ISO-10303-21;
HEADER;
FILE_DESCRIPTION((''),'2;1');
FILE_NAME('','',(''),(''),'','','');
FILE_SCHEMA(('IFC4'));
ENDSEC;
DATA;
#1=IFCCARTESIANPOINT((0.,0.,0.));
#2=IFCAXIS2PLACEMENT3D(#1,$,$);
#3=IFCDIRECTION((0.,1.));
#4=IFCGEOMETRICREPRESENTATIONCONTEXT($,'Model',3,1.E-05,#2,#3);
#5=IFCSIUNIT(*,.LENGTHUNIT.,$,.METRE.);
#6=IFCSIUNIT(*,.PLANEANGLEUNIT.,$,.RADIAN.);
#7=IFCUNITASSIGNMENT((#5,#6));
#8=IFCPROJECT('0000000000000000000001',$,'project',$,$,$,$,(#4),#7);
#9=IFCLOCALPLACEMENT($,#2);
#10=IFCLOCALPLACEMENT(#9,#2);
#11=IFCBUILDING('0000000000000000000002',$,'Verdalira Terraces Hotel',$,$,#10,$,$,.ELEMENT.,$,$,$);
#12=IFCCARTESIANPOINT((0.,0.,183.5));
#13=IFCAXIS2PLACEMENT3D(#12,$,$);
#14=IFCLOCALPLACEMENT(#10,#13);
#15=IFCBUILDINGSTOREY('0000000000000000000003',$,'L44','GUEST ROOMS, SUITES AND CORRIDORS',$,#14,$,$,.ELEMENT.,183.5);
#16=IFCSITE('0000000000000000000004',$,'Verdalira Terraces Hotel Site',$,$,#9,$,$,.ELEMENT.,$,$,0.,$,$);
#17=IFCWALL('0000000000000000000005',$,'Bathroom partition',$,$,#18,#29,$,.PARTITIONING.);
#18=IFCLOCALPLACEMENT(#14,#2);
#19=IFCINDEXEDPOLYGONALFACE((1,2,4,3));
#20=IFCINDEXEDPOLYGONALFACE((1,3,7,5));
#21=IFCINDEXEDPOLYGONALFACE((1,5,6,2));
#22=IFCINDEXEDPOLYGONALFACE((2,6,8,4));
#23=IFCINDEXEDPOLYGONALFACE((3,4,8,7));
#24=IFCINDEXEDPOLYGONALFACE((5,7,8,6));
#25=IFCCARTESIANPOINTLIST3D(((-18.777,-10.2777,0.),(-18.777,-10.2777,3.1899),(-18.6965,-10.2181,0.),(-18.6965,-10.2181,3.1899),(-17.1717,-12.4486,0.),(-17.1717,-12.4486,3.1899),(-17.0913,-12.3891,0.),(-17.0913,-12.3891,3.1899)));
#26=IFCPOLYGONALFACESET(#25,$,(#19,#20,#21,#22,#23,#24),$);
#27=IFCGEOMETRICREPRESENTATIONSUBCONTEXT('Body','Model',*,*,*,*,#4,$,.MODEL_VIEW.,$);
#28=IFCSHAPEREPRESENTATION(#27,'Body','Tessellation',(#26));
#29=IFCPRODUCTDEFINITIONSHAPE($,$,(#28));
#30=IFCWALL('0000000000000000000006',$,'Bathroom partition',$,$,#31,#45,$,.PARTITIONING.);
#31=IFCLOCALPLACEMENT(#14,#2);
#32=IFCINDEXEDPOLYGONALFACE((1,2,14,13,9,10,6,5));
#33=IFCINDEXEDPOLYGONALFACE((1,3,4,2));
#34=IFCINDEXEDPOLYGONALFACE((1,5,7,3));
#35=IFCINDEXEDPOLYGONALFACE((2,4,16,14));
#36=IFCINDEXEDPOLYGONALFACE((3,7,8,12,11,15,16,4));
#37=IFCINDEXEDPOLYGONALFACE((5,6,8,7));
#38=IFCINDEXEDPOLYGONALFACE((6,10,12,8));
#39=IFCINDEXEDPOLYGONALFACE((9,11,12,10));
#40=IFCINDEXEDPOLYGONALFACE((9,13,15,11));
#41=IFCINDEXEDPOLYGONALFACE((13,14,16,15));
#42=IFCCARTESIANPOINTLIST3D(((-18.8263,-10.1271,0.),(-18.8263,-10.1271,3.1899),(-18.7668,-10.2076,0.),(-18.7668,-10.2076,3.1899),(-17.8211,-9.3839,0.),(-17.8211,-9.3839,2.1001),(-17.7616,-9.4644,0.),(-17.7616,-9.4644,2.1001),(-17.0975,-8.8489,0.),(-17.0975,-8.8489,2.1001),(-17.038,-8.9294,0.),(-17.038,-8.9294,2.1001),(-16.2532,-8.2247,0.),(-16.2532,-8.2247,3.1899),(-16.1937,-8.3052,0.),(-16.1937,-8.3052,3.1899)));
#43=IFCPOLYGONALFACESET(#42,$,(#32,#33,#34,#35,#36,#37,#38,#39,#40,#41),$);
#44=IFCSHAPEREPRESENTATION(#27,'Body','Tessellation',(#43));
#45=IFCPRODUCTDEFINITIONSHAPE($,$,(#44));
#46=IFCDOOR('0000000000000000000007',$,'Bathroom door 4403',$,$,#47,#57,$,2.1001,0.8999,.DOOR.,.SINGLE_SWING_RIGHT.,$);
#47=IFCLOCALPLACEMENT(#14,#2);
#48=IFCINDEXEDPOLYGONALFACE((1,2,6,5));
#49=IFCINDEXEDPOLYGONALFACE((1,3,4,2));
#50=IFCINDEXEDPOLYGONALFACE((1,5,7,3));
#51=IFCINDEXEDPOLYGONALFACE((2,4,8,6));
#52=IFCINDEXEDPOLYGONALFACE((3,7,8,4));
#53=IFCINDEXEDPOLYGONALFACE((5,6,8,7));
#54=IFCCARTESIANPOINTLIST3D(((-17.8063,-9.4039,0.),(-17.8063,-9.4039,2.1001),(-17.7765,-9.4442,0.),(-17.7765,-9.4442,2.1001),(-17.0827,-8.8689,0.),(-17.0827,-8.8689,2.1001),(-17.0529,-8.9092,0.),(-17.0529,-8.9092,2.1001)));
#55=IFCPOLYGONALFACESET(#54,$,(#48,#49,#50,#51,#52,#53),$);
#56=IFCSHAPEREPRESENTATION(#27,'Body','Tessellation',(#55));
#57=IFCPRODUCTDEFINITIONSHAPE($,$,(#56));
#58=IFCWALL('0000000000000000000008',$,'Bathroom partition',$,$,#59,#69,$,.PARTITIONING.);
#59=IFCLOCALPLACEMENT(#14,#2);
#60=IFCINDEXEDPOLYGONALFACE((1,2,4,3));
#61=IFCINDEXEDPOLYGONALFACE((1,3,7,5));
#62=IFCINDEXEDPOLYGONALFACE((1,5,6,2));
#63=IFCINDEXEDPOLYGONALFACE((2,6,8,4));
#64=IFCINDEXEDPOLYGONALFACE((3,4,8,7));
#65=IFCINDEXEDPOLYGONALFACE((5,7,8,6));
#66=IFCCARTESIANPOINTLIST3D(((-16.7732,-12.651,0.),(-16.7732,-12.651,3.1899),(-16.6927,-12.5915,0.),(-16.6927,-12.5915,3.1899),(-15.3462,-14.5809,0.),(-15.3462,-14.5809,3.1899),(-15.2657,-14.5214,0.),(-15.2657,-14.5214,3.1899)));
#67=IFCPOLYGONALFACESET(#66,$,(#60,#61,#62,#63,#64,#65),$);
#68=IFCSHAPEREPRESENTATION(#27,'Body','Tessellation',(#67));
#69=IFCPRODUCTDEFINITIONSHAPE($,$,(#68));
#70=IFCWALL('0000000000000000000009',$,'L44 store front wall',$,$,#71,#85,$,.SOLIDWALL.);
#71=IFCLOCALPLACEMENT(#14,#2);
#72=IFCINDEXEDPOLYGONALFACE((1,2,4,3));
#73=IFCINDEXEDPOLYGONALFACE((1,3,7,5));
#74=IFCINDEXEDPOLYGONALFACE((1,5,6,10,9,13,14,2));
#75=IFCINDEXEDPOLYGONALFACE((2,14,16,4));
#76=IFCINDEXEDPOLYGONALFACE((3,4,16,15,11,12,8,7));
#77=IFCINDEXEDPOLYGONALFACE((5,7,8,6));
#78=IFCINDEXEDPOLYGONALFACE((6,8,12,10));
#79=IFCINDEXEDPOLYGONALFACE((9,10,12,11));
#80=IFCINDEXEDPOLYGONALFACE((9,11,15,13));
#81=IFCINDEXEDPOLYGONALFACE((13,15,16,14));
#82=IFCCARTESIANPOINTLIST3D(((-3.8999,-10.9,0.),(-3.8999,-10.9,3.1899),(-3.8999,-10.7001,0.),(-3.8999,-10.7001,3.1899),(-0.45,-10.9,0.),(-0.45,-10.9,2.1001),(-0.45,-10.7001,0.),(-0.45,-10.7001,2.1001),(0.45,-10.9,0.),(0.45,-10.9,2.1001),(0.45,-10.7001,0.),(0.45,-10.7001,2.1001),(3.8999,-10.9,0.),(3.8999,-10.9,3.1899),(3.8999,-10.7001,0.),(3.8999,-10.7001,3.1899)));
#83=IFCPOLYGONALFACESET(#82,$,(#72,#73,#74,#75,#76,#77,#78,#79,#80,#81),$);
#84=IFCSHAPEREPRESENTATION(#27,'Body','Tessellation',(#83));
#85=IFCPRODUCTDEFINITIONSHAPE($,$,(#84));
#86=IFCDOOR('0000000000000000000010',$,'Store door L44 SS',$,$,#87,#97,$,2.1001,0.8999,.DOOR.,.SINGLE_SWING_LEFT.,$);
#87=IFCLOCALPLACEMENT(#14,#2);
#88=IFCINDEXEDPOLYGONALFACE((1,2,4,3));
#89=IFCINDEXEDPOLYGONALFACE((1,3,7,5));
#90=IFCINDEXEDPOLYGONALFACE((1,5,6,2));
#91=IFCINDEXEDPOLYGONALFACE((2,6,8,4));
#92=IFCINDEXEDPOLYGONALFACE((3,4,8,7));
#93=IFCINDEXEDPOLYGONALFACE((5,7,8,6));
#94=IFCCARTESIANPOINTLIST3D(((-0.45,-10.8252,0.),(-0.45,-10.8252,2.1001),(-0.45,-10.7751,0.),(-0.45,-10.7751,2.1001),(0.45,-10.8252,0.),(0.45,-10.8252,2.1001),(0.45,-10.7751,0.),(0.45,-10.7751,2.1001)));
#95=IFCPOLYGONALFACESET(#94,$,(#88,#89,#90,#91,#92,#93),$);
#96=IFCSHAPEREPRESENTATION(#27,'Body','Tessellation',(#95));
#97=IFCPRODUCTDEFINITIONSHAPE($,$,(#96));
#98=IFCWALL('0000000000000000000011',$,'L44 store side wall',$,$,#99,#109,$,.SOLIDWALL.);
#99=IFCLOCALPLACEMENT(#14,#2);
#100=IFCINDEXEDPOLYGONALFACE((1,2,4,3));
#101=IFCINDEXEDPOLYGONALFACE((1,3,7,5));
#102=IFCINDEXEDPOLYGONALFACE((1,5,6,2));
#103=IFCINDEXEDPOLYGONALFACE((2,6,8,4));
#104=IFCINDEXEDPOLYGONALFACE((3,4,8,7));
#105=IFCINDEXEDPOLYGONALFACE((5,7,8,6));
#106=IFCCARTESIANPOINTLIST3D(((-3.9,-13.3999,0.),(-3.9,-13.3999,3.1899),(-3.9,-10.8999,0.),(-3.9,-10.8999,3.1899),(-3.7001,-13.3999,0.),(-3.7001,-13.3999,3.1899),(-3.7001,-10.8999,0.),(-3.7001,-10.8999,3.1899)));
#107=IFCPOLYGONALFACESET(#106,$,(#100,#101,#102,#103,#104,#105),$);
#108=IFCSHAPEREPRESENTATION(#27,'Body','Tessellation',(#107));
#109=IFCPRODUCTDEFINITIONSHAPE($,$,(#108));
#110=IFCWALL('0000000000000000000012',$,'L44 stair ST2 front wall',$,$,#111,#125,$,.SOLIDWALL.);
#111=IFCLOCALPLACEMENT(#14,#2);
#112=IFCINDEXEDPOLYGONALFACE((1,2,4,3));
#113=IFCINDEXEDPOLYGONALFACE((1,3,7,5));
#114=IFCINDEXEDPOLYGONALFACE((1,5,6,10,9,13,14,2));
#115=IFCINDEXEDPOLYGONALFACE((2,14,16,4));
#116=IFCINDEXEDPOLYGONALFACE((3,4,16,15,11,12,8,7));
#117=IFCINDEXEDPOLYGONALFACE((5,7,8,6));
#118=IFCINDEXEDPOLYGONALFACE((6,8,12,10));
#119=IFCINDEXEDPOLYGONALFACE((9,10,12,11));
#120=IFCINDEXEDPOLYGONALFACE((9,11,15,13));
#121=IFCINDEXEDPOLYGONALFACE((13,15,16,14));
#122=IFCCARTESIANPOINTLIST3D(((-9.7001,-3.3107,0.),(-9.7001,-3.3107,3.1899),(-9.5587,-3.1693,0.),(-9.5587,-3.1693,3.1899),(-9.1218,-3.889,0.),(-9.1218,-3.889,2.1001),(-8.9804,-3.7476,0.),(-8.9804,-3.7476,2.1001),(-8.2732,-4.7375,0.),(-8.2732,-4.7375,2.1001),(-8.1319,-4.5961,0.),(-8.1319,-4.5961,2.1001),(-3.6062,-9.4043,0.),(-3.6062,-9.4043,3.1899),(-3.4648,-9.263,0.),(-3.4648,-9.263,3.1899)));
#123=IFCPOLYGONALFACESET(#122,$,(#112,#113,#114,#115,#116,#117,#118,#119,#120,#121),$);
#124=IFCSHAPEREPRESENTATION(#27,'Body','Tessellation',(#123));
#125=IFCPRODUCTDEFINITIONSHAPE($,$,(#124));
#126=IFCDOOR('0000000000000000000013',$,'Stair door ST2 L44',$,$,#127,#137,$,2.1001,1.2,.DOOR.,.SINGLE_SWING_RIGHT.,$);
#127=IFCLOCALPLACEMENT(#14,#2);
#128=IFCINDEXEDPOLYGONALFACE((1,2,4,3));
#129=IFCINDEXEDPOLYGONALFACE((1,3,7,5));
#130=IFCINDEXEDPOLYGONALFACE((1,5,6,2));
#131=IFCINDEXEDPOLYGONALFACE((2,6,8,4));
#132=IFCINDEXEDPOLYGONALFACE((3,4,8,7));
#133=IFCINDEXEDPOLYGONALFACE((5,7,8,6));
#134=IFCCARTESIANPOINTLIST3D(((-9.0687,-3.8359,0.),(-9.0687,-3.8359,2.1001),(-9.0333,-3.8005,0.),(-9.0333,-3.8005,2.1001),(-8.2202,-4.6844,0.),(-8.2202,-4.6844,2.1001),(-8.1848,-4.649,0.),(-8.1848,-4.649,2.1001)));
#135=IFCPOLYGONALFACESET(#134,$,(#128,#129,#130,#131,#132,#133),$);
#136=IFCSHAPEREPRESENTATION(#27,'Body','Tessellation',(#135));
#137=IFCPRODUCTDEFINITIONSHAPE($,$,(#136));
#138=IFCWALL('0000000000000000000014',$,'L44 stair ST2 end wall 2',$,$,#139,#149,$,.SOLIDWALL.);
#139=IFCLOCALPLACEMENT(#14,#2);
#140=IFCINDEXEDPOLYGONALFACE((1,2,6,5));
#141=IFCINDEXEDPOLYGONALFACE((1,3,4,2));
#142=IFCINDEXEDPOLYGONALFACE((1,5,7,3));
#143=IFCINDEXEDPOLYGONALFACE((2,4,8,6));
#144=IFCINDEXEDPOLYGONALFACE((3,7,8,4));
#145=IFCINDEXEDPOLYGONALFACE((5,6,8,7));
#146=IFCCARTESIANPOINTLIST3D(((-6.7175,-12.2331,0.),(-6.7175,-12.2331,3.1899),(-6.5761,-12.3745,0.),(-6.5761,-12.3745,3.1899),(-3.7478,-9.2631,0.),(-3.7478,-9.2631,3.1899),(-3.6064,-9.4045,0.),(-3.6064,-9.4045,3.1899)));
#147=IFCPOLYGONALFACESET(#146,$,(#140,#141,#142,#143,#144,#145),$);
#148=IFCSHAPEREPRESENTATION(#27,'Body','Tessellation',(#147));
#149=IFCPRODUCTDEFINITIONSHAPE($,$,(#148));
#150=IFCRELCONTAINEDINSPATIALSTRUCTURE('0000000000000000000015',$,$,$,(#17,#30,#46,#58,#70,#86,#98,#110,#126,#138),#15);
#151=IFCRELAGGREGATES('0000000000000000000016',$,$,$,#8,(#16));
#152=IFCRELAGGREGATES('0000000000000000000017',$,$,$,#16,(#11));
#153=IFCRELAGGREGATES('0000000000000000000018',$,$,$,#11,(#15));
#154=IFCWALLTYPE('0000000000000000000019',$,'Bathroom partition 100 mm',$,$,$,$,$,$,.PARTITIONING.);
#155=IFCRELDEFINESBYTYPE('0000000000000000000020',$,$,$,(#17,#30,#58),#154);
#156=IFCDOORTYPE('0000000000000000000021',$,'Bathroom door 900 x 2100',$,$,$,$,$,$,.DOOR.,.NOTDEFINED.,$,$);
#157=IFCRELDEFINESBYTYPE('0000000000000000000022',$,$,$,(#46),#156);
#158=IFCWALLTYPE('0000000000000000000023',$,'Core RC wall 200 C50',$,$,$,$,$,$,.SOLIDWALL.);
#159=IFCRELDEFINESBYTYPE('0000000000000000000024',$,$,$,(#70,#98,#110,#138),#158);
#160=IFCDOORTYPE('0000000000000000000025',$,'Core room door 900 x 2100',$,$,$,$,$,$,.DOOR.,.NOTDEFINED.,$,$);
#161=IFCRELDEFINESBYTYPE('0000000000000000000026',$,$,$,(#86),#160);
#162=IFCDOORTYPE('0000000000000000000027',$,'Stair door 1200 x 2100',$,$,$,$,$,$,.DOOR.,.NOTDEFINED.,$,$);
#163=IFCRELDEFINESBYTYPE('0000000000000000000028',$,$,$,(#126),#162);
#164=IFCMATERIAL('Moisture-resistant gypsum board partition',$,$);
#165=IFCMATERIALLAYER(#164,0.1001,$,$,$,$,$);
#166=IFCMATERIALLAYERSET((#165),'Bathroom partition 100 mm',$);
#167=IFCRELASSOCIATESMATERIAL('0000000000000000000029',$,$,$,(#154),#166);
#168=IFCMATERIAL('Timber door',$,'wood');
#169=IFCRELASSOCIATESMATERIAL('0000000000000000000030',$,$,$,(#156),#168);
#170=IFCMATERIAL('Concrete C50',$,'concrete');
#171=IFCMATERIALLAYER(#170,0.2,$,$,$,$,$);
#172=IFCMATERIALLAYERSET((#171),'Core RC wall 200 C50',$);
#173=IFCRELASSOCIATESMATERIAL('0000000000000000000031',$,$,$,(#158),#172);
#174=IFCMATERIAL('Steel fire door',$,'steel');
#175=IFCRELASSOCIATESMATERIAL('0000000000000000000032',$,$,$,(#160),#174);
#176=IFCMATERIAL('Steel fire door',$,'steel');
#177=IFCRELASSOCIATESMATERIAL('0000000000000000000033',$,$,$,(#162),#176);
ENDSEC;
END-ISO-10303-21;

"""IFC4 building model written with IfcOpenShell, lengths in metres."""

from ifc_helpers import new_model, si_unit, direction, frame, frame_2d, origin, place, context, subcontext, project, spatial, rectangle, extrude, material, layer, layer_set, type_object, element, fill, save


model = new_model("IFC4")

# Units and contexts
model_context = context("Model", 3, precision=1e-05, world=origin(), true_north=direction((0.0, 1.0)))
body_context = subcontext(model_context, "Body", "Model", "MODEL_VIEW")
ifc_project = project(units=[si_unit("LENGTHUNIT", "METRE"), si_unit("PLANEANGLEUNIT", "RADIAN")], contexts=[model_context])

# Site, building, storey
site_placement = place(None, origin())
site = spatial("IfcSite", under=ifc_project, at=site_placement, Name="Verdalira Terraces Hotel Site", CompositionType="ELEMENT", RefElevation=0.0)
building_placement = place(site_placement, origin())
building = spatial("IfcBuilding", under=site, at=building_placement, Name="Verdalira Terraces Hotel", CompositionType="ELEMENT")
storey_placement = place(building_placement, frame((0.0, 0.0, 183.5)))
storey = spatial("IfcBuildingStorey", under=building, at=storey_placement, Name="L44", Description="GUEST ROOMS, SUITES AND CORRIDORS", CompositionType="ELEMENT", Elevation=183.5)

# Wall
ifc_material_1 = material(Name="Moisture-resistant gypsum board partition")
ifc_layer_1 = layer(ifc_material_1, 0.1001)
ifc_layer_set_1 = layer_set([ifc_layer_1], Name="Bathroom partition 100 mm")
wall_type_1 = type_object("IfcWallType", Name="Bathroom partition 100 mm", PredefinedType="PARTITIONING", material=ifc_layer_set_1)
wall_1_placement = place(storey_placement, frame((-18.7368, -10.2478, 0.0), z_axis=(0.0, 0.0, 1.0), x_axis=(0.594546, -0.804061, 0.0)))
element("IfcWall", 1, at=wall_1_placement, inside=storey, type_object=wall_type_1, Name="Bathroom partition", PredefinedType="PARTITIONING", context=body_context, shape_type="SweptSolid", body=[
    extrude(rectangle(XDim=2.7, YDim=0.1001, at=frame_2d((1.3501, 0.0))), origin(), (0.0, 0.0, 1.0), 3.1899),
])

# Wall, opening, door
wall_2_placement = place(storey_placement, frame((-16.2234, -8.2649, 0.0), z_axis=(0.0, 0.0, 1.0), x_axis=(-0.804092, -0.594505, 0.0)))
wall_2 = element("IfcWall", 2, at=wall_2_placement, inside=storey, type_object=wall_type_1, Name="Bathroom partition", PredefinedType="PARTITIONING", context=body_context, shape_type="SweptSolid", body=[
    extrude(rectangle(XDim=3.2, YDim=0.1001, at=frame_2d((1.6001, 0.0))), origin(), (0.0, 0.0, 1.0), 3.1899),
])
opening_1_placement = place(wall_2_placement, frame((1.05, 0.0, 0.0)))
opening_1 = element("IfcOpeningElement", 3, at=opening_1_placement, cuts=wall_2, PredefinedType="OPENING", context=body_context, shape_type="SweptSolid", body=[
    extrude(rectangle(XDim=0.8999, YDim=2.1001, at=frame_2d((0.45, 1.05))), frame((0.0, 0.0601, 0.0), z_axis=(0.0, -1.0, 0.0), x_axis=(1.0, 0.0, 0.0)), (0.0, 0.0, 1.0), 0.1201),
])
ifc_material_2 = material(Name="Timber door", Category="wood")
door_type_1 = type_object("IfcDoorType", Name="Bathroom door 900 x 2100", OperationType="NOTDEFINED", PredefinedType="DOOR", material=ifc_material_2)
door_1_placement = place(opening_1_placement, origin())
door_1 = element("IfcDoor", 4, at=door_1_placement, inside=storey, type_object=door_type_1, Name="Bathroom door 4403", OperationType="SINGLE_SWING_RIGHT", OverallHeight=2.1001, OverallWidth=0.8999, PredefinedType="DOOR", context=body_context, shape_type="SweptSolid", body=[
    extrude(rectangle(XDim=0.8999, YDim=2.1001, at=frame_2d((0.45, 1.05))), frame((0.0, 0.0249, 0.0), z_axis=(0.0, -1.0, 0.0), x_axis=(1.0, 0.0, 0.0)), (0.0, 0.0, 1.0), 0.05),
])
fill(opening_1, door_1)

# Wall
wall_3_placement = place(storey_placement, frame((-15.3059, -14.5513, 0.0), z_axis=(0.0, 0.0, 1.0), x_axis=(-0.594534, 0.80407, 0.0)))
element("IfcWall", 5, at=wall_3_placement, inside=storey, type_object=wall_type_1, Name="Bathroom partition", PredefinedType="PARTITIONING", context=body_context, shape_type="SweptSolid", body=[
    extrude(rectangle(XDim=2.4001, YDim=0.1001, at=frame_2d((1.2002, 0.0))), origin(), (0.0, 0.0, 1.0), 3.1899),
])

# Wall, opening, door
ifc_material_3 = material(Name="Concrete C50", Category="concrete")
ifc_layer_2 = layer(ifc_material_3, 0.2)
ifc_layer_set_2 = layer_set([ifc_layer_2], Name="Core RC wall 200 C50")
wall_type_2 = type_object("IfcWallType", Name="Core RC wall 200 C50", PredefinedType="SOLIDWALL", material=ifc_layer_set_2)
wall_4_placement = place(storey_placement, frame((-3.8999, -10.8, 0.0), z_axis=(0.0, 0.0, 1.0), x_axis=(1.0, 0.0, 0.0)))
wall_4 = element("IfcWall", 6, at=wall_4_placement, inside=storey, type_object=wall_type_2, Name="L44 store front wall", PredefinedType="SOLIDWALL", context=body_context, shape_type="SweptSolid", body=[
    extrude(rectangle(XDim=7.7998, YDim=0.2, at=frame_2d((3.8999, 0.0))), origin(), (0.0, 0.0, 1.0), 3.1899),
])
opening_2_placement = place(wall_4_placement, frame((3.45, 0.0, 0.0)))
opening_2 = element("IfcOpeningElement", 7, at=opening_2_placement, cuts=wall_4, PredefinedType="OPENING", context=body_context, shape_type="SweptSolid", body=[
    extrude(rectangle(XDim=0.8999, YDim=2.1001, at=frame_2d((0.45, 1.05))), frame((0.0, 0.1099, 0.0), z_axis=(0.0, -1.0, 0.0), x_axis=(1.0, 0.0, 0.0)), (0.0, 0.0, 1.0), 0.22),
])
ifc_material_4 = material(Name="Steel fire door", Category="steel")
door_type_2 = type_object("IfcDoorType", Name="Core room door 900 x 2100", OperationType="NOTDEFINED", PredefinedType="DOOR", material=ifc_material_4)
door_2_placement = place(opening_2_placement, origin())
door_2 = element("IfcDoor", 8, at=door_2_placement, inside=storey, type_object=door_type_2, Name="Store door L44 SS", OperationType="SINGLE_SWING_LEFT", OverallHeight=2.1001, OverallWidth=0.8999, PredefinedType="DOOR", context=body_context, shape_type="SweptSolid", body=[
    extrude(rectangle(XDim=0.8999, YDim=2.1001, at=frame_2d((0.45, 1.05))), frame((0.0, 0.0249, 0.0), z_axis=(0.0, -1.0, 0.0), x_axis=(1.0, 0.0, 0.0)), (0.0, 0.0, 1.0), 0.05),
])
fill(opening_2, door_2)

# Wall
wall_5_placement = place(storey_placement, frame((-3.8, -10.8999, 0.0), z_axis=(0.0, 0.0, 1.0), x_axis=(0.0, -1.0, 0.0)))
element("IfcWall", 9, at=wall_5_placement, inside=storey, type_object=wall_type_2, Name="L44 store side wall", PredefinedType="SOLIDWALL", context=body_context, shape_type="SweptSolid", body=[
    extrude(rectangle(XDim=2.5, YDim=0.2, at=frame_2d((1.25, 0.0))), origin(), (0.0, 0.0, 1.0), 3.1899),
])

# Wall, opening, door
wall_6_placement = place(storey_placement, frame((-3.5354, -9.3337, 0.0), z_axis=(0.0, 0.0, 1.0), x_axis=(-0.707121, 0.707093, 0.0)))
wall_6 = element("IfcWall", 10, at=wall_6_placement, inside=storey, type_object=wall_type_2, Name="L44 stair ST2 front wall", PredefinedType="SOLIDWALL", context=body_context, shape_type="SweptSolid", body=[
    extrude(rectangle(XDim=8.6179, YDim=0.2, at=frame_2d((4.3091, 0.0))), origin(), (0.0, 0.0, 1.0), 3.1899),
])
opening_3_placement = place(wall_6_placement, frame((6.6001, 0.0, 0.0)))
opening_3 = element("IfcOpeningElement", 11, at=opening_3_placement, cuts=wall_6, PredefinedType="OPENING", context=body_context, shape_type="SweptSolid", body=[
    extrude(rectangle(XDim=1.2, YDim=2.1001, at=frame_2d((0.6001, 1.05))), frame((0.0, 0.1099, 0.0), z_axis=(0.0, -1.0, 0.0), x_axis=(1.0, 0.0, 0.0)), (0.0, 0.0, 1.0), 0.22),
])
ifc_material_5 = material(Name="Steel fire door", Category="steel")
door_type_3 = type_object("IfcDoorType", Name="Stair door 1200 x 2100", OperationType="NOTDEFINED", PredefinedType="DOOR", material=ifc_material_5)
door_3_placement = place(opening_3_placement, origin())
door_3 = element("IfcDoor", 12, at=door_3_placement, inside=storey, type_object=door_type_3, Name="Stair door ST2 L44", OperationType="SINGLE_SWING_RIGHT", OverallHeight=2.1001, OverallWidth=1.2, PredefinedType="DOOR", context=body_context, shape_type="SweptSolid", body=[
    extrude(rectangle(XDim=1.2, YDim=2.1001, at=frame_2d((0.6001, 1.05))), frame((0.0, 0.0249, 0.0), z_axis=(0.0, -1.0, 0.0), x_axis=(1.0, 0.0, 0.0)), (0.0, 0.0, 1.0), 0.05),
])
fill(opening_3, door_3)

# Wall
wall_7_placement = place(storey_placement, frame((-3.677, -9.3337, 0.0), z_axis=(0.0, 0.0, 1.0), x_axis=(-0.707078, -0.707136, 0.0)))
element("IfcWall", 13, at=wall_7_placement, inside=storey, type_object=wall_type_2, Name="L44 stair ST2 end wall 2", PredefinedType="SOLIDWALL", context=body_context, shape_type="SweptSolid", body=[
    extrude(rectangle(XDim=4.2, YDim=0.2, at=frame_2d((2.1001, 0.0))), origin(), (0.0, 0.0, 1.0), 3.1899),
])

save(model, "model.ifc")
